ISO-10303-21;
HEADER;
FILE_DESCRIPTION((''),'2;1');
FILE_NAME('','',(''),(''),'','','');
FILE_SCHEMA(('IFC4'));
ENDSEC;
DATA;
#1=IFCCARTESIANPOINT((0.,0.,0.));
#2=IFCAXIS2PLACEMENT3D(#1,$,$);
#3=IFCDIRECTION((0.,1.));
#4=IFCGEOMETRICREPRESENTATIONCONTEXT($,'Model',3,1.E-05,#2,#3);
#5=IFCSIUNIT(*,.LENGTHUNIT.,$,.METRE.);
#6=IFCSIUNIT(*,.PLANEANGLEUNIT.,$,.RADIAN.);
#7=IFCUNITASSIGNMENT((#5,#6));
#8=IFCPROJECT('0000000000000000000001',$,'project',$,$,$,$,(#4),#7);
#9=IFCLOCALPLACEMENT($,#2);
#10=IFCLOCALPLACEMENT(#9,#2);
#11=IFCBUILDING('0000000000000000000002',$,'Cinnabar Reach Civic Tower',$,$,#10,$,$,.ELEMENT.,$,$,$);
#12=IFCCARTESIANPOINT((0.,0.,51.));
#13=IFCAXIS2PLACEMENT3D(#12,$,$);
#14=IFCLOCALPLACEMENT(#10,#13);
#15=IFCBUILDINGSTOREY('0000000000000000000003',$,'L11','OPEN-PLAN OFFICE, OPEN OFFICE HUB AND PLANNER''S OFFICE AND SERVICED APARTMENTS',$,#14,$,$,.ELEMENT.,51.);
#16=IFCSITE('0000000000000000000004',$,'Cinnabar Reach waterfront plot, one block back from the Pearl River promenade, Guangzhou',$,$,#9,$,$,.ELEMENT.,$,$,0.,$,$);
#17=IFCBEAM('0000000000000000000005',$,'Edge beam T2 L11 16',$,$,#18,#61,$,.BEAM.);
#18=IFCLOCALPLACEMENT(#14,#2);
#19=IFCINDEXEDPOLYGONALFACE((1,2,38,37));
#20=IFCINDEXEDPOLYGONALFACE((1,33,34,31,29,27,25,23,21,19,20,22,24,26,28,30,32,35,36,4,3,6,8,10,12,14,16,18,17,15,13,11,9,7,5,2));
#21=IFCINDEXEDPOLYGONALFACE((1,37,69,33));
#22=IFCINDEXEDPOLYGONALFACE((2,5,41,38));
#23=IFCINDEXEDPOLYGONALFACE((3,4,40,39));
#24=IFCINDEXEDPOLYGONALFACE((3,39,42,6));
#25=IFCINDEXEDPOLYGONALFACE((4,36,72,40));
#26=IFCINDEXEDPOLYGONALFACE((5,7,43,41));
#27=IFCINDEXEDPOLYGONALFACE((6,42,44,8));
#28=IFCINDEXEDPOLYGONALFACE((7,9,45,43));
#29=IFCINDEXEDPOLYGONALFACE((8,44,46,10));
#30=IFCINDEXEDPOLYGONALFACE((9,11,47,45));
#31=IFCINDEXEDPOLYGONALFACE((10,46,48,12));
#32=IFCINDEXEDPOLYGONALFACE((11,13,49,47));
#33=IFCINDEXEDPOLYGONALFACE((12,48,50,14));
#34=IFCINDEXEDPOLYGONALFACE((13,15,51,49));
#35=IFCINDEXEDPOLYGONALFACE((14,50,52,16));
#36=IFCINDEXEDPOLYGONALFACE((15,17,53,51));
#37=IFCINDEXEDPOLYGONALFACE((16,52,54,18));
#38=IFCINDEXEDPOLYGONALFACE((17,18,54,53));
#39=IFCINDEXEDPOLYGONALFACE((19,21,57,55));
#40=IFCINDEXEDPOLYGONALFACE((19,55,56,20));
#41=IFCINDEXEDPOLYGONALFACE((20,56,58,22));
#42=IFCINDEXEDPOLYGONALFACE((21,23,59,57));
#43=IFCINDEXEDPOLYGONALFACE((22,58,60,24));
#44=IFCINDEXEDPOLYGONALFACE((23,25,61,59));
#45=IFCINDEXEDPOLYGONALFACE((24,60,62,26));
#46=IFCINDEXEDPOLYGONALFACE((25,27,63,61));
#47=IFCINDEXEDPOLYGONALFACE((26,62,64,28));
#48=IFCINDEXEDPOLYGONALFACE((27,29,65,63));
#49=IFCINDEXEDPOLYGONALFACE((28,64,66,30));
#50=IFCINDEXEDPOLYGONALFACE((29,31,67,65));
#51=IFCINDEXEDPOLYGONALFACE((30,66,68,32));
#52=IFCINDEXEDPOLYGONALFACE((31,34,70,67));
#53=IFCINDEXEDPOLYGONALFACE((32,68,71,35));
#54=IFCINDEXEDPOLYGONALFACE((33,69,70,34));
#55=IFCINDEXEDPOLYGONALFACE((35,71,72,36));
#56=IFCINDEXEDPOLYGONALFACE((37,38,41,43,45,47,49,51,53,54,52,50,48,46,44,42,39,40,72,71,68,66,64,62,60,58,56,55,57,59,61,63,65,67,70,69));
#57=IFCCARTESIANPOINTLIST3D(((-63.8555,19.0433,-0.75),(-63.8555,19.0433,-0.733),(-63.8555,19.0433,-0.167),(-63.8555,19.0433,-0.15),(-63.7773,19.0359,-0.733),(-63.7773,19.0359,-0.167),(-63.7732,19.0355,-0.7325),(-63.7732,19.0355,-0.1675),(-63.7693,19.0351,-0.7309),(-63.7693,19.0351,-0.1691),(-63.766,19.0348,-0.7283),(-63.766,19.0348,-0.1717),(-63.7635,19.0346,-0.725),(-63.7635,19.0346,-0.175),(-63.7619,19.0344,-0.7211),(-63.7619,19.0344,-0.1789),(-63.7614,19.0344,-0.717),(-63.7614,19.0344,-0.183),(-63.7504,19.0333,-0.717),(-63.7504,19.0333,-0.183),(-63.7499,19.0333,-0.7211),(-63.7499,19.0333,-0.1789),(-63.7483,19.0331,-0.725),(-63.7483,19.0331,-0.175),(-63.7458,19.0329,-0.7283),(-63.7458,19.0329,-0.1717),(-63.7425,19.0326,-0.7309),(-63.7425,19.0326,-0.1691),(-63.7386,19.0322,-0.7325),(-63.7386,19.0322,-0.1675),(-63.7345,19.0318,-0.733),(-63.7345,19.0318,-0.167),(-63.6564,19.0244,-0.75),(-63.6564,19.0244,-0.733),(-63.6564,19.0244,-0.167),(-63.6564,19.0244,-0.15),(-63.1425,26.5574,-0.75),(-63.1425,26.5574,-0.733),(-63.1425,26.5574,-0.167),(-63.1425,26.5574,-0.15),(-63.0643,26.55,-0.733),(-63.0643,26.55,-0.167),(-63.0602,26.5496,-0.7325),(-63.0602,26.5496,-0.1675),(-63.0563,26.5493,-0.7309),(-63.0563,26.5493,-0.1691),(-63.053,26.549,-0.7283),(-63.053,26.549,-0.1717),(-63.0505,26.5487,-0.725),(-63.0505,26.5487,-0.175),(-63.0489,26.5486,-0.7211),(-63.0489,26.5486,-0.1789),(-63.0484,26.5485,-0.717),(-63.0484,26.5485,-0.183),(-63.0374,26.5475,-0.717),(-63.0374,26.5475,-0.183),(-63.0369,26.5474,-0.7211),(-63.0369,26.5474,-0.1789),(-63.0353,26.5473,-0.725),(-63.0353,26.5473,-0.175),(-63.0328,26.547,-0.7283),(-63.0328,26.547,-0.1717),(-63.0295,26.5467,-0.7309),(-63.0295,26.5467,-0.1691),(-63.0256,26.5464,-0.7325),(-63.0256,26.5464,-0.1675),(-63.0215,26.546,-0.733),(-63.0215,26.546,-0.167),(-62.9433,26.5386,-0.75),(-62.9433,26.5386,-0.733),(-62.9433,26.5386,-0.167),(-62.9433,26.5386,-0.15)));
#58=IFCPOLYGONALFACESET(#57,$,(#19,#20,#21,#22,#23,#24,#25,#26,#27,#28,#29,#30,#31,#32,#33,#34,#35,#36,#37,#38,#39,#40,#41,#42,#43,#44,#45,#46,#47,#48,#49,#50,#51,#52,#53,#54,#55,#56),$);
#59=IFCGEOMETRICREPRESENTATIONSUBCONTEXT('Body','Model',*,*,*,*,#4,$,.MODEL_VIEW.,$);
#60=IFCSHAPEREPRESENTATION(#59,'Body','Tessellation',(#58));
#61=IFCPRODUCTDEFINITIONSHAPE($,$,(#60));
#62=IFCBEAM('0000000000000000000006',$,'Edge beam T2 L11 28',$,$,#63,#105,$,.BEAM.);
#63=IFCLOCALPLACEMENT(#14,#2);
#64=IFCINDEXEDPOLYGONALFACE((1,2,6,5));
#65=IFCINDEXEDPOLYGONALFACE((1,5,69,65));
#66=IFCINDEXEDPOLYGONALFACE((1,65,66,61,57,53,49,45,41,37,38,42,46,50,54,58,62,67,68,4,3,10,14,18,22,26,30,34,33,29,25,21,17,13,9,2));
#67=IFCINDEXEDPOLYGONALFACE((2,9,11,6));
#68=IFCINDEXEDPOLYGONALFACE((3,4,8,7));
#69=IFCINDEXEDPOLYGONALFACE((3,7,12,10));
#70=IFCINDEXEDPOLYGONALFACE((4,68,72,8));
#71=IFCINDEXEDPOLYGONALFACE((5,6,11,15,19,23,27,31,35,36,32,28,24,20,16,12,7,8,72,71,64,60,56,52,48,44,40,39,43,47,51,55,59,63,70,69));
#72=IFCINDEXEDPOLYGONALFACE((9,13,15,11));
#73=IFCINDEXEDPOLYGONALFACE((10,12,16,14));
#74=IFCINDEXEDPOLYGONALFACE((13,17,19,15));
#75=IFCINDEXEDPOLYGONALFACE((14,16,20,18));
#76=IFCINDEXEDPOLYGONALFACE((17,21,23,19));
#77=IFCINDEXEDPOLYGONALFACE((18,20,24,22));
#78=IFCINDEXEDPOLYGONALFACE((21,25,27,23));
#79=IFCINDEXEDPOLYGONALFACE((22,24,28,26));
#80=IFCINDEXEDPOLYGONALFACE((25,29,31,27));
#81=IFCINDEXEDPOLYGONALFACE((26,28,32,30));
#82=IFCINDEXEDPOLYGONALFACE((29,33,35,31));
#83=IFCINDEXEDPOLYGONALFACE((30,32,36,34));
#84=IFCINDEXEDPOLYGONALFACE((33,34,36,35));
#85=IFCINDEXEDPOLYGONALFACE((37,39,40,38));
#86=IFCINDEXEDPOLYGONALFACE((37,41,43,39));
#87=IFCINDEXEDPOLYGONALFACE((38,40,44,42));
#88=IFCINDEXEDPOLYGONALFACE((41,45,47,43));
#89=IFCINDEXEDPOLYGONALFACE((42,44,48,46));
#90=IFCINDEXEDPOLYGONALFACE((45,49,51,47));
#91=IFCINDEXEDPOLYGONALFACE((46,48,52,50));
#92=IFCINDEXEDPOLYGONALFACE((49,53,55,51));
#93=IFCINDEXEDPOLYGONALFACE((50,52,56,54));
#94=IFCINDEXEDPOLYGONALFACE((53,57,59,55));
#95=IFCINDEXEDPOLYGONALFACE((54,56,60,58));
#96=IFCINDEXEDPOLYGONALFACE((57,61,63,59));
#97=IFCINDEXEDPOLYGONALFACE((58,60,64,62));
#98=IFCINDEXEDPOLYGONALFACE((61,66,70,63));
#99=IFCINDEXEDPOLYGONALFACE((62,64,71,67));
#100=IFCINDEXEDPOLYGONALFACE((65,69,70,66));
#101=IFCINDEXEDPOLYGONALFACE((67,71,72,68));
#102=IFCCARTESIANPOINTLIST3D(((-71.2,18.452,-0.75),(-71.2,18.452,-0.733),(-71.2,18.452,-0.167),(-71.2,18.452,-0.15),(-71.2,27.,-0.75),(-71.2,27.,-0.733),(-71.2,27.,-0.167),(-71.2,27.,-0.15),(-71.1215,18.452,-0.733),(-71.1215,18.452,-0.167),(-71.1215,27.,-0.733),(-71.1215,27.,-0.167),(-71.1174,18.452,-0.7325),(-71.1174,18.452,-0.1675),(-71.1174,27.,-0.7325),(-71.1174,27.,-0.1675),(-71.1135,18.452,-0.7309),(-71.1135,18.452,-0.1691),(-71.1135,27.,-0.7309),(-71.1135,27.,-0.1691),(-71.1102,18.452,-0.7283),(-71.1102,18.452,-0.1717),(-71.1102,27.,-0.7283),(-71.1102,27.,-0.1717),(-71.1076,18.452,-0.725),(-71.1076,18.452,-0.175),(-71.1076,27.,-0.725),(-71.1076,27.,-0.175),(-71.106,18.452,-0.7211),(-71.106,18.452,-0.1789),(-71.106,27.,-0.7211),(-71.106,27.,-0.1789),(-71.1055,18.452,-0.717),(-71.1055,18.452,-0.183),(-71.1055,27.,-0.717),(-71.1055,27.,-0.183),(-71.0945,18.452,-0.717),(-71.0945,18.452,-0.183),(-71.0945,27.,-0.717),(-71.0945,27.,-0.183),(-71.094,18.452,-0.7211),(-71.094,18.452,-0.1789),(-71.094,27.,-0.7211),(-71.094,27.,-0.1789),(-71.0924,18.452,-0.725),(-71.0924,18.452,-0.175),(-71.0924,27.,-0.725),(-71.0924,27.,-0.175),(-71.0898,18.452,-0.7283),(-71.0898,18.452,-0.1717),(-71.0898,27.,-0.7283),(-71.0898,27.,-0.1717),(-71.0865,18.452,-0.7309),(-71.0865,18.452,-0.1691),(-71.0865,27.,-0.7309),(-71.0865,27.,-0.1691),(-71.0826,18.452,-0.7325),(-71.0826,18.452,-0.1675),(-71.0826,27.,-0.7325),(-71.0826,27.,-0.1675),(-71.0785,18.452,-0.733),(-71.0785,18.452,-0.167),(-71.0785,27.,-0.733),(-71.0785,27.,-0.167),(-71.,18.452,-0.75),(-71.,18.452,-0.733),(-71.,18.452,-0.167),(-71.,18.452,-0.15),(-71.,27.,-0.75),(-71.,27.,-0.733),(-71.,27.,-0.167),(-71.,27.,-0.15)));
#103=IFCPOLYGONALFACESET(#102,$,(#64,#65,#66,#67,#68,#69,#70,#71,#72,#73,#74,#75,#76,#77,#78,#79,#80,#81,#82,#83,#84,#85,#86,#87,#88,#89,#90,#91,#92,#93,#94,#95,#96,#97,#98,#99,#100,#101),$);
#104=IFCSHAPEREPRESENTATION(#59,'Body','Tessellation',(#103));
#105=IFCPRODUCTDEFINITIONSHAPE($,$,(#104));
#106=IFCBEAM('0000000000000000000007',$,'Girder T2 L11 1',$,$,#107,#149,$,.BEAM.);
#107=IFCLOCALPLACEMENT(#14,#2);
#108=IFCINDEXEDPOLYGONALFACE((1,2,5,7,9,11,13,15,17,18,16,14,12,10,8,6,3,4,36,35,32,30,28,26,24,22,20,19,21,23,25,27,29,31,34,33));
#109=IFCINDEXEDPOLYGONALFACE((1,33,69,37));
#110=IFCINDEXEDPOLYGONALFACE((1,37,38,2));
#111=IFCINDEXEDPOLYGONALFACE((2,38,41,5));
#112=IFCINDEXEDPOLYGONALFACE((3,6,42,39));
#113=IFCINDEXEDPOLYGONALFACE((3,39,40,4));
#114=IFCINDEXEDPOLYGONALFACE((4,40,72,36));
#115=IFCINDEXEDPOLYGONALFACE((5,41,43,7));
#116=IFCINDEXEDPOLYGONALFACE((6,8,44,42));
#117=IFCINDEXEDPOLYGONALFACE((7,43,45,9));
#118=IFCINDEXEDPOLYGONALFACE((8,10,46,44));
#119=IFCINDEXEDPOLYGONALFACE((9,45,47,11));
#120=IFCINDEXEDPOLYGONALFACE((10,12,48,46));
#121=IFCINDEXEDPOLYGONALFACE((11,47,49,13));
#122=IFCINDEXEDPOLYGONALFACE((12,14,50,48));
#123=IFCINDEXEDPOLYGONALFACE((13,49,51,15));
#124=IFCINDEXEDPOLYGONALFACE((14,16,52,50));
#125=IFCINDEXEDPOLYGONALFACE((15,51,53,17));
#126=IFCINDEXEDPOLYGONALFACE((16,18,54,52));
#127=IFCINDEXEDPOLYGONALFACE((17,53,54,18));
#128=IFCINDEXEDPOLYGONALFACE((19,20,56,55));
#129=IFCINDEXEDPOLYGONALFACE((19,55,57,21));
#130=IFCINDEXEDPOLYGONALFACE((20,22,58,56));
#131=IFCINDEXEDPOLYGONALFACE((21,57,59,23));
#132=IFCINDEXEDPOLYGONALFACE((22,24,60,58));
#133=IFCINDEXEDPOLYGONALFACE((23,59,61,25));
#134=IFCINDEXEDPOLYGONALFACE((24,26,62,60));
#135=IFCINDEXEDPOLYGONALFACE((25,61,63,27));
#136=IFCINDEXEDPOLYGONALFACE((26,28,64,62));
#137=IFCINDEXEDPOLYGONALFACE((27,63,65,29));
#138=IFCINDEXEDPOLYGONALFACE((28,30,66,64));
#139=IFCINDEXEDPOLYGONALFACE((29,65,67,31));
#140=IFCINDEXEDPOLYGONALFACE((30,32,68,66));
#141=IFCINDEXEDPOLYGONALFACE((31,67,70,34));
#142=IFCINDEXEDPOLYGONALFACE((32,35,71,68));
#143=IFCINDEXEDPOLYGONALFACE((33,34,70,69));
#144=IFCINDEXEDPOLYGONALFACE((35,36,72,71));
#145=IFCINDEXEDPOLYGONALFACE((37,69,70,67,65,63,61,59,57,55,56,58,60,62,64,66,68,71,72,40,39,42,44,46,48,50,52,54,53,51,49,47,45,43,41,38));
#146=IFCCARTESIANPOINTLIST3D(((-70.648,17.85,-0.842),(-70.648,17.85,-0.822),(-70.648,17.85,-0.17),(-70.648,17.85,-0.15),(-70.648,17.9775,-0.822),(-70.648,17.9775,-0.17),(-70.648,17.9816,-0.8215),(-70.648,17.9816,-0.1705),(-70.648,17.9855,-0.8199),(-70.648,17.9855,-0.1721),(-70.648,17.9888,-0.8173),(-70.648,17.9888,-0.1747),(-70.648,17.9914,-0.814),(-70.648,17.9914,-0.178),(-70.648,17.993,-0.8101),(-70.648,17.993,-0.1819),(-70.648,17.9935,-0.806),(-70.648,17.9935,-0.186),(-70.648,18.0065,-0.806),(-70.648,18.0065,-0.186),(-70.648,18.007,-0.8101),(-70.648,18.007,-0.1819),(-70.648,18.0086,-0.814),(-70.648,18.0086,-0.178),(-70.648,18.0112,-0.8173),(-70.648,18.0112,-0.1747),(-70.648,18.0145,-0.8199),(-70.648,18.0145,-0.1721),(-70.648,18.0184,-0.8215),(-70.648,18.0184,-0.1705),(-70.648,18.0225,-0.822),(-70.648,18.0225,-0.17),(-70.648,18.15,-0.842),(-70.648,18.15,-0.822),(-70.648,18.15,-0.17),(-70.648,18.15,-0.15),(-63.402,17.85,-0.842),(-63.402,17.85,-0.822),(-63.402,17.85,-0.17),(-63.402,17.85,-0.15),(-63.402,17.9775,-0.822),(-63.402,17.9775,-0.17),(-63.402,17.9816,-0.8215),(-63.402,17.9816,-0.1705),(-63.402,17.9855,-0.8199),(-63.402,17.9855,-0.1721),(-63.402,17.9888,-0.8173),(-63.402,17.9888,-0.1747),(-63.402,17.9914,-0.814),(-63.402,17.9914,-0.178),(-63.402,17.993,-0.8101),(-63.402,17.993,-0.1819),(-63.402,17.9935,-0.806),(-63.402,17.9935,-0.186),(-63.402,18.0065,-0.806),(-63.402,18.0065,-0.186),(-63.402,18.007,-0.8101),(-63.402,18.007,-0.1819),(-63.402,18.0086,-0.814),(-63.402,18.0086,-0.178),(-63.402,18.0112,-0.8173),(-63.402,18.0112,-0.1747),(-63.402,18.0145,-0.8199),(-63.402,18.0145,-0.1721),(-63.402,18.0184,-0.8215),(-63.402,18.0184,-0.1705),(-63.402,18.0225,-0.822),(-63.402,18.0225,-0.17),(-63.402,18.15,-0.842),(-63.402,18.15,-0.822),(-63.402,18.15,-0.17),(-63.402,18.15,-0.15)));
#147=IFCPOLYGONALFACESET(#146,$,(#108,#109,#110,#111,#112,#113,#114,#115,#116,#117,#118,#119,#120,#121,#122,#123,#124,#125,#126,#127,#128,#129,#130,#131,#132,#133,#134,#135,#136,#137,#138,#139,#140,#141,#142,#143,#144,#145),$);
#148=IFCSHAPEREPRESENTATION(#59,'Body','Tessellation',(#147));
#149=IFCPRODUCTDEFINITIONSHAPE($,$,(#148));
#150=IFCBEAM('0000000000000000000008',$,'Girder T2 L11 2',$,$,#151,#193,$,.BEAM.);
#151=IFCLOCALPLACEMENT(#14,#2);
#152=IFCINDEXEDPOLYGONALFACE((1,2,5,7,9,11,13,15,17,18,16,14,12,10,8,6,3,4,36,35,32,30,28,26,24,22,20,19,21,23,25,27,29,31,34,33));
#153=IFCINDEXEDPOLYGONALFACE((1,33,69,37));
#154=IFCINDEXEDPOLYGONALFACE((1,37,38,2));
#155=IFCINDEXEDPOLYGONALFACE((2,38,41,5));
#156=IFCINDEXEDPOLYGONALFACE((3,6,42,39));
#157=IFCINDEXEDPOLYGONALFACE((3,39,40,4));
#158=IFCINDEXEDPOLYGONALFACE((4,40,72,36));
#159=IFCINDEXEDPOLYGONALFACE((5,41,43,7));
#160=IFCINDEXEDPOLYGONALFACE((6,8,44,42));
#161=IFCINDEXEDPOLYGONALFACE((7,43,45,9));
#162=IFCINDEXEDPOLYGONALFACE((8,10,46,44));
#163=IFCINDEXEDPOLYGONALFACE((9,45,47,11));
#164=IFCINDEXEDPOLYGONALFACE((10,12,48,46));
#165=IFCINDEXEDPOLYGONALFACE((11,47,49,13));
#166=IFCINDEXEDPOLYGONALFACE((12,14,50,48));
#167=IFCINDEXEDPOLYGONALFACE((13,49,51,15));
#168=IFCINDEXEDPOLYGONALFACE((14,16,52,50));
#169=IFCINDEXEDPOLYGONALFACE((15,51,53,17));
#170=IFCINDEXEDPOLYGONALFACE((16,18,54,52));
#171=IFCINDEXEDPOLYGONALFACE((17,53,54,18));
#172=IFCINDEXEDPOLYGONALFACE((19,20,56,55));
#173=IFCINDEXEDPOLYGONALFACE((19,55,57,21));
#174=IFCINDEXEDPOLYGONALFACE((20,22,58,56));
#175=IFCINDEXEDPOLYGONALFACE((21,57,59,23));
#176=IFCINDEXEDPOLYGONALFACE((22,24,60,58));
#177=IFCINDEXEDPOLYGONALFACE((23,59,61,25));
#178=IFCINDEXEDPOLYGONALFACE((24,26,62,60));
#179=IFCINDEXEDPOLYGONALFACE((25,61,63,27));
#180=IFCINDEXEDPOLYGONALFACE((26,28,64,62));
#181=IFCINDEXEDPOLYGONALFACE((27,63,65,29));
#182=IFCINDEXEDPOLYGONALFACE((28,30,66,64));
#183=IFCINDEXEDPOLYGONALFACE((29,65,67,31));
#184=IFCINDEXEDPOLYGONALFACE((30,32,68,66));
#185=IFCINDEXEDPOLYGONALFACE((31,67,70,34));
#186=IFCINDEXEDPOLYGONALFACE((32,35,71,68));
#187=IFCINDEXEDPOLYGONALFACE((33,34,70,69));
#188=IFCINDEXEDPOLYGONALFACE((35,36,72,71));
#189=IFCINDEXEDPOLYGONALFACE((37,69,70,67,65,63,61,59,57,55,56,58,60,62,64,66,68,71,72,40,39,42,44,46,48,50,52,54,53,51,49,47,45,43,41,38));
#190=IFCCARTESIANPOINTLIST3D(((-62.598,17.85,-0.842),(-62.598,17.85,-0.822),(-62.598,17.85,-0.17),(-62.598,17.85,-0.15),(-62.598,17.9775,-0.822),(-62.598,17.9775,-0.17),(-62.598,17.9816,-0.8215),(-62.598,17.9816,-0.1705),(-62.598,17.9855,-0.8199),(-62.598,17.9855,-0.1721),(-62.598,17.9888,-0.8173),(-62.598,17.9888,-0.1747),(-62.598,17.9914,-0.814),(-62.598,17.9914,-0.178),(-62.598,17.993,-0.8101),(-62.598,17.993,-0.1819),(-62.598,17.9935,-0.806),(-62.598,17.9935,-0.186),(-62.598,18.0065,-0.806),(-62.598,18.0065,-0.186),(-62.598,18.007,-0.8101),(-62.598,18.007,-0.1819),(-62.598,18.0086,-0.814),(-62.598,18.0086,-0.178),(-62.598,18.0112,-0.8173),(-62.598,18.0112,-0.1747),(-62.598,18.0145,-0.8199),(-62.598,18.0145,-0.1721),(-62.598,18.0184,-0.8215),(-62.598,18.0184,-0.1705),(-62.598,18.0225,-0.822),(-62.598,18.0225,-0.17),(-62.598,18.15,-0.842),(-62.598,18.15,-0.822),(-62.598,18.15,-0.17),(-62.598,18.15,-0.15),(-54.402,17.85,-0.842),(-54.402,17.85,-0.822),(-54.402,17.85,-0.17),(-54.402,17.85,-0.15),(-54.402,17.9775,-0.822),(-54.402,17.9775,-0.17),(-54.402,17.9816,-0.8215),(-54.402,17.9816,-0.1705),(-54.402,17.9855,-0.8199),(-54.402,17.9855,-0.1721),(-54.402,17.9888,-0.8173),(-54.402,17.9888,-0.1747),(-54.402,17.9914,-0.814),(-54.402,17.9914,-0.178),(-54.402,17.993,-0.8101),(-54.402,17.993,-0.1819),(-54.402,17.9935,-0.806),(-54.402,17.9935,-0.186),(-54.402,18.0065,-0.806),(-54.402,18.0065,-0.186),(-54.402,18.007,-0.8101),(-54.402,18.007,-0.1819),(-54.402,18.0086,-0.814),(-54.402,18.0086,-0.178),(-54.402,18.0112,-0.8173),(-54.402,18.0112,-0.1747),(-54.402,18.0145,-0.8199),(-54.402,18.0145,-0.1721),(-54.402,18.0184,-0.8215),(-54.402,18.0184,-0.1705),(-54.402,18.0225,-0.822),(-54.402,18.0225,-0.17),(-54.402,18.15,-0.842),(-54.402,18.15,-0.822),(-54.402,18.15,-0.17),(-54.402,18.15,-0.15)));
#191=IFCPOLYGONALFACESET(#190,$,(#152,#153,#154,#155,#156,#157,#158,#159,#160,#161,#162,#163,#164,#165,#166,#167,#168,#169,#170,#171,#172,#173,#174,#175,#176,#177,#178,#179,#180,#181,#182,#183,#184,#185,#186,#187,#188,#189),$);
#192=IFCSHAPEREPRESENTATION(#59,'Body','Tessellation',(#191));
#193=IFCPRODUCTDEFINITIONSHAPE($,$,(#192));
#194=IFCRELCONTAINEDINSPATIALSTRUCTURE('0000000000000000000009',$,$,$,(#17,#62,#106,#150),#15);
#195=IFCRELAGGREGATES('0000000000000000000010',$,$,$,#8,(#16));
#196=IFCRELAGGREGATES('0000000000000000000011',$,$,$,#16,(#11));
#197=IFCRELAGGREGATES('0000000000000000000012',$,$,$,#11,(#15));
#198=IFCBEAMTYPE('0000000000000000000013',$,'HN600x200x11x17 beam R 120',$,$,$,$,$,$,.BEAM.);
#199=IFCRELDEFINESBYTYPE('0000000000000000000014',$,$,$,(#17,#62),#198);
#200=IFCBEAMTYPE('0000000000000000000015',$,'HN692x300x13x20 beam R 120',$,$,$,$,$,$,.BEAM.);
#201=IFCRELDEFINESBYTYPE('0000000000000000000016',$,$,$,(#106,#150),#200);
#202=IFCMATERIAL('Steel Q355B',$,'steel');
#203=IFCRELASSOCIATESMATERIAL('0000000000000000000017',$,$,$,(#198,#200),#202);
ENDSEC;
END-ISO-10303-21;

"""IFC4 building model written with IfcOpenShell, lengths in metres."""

from ifc_helpers import new_model, si_unit, direction, frame, origin, origin_2d, place, context, subcontext, project, spatial, i_section, extrude, material, material_profile, profile_set, type_object, element, save


model = new_model("IFC4")

# Units and contexts
model_context = context("Model", 3, precision=1e-05, world=origin(), true_north=direction((0.0, 1.0)))
body_context = subcontext(model_context, "Body", "Model", "MODEL_VIEW")
ifc_project = project(units=[si_unit("LENGTHUNIT", "METRE"), si_unit("PLANEANGLEUNIT", "RADIAN")], contexts=[model_context])

# Site, building, storey
site_placement = place(None, origin())
site = spatial("IfcSite", under=ifc_project, at=site_placement, Name="Cinnabar Reach waterfront plot, one block back from the Pearl River promenade, Guangzhou", CompositionType="ELEMENT", RefElevation=0.0)
building_placement = place(site_placement, origin())
building = spatial("IfcBuilding", under=site, at=building_placement, Name="Cinnabar Reach Civic Tower", CompositionType="ELEMENT")
storey_placement = place(building_placement, frame((0.0, 0.0, 51.0)))
storey = spatial("IfcBuildingStorey", under=building, at=storey_placement, Name="L11", Description="OPEN-PLAN OFFICE, OPEN OFFICE HUB AND PLANNER'S OFFICE AND SERVICED APARTMENTS", CompositionType="ELEMENT", Elevation=51.0)

# Beams
ifc_material_1 = material(Name="Steel Q355B", Category="steel")
ifc_material_profile_1 = material_profile(ifc_material_1, i_section(OverallWidth=0.2, OverallDepth=0.6, WebThickness=0.011, FlangeThickness=0.017, FilletRadius=0.016, at=origin_2d()), Name="HN600x200x11x17")
ifc_profile_set_1 = profile_set([ifc_material_profile_1], Name="Steel Q355B")
beam_type_1 = type_object("IfcBeamType", Name="HN600x200x11x17 beam R 120", PredefinedType="BEAM", material=ifc_profile_set_1)
beam_1_placement = place(storey_placement, frame((-63.0429, 26.548, -0.45), z_axis=(-0.094464, -0.995528, 0.0), x_axis=(0.995528, -0.094464, 0.0)))
element("IfcBeam", 1, at=beam_1_placement, inside=storey, type_object=beam_type_1, Name="Edge beam T2 L11 16", PredefinedType="BEAM", context=body_context, shape_type="SweptSolid", body=[
    extrude(i_section(OverallWidth=0.2, OverallDepth=0.6, WebThickness=0.011, FlangeThickness=0.017, FilletRadius=0.016, at=origin_2d()), origin(), (0.0, 0.0, 1.0), 7.5479),
])
beam_2_placement = place(storey_placement, frame((-71.1, 27.0, -0.45), z_axis=(0.0, -1.0, 0.0), x_axis=(1.0, 0.0, 0.0)))
element("IfcBeam", 2, at=beam_2_placement, inside=storey, type_object=beam_type_1, Name="Edge beam T2 L11 28", PredefinedType="BEAM", context=body_context, shape_type="SweptSolid", body=[
    extrude(i_section(OverallWidth=0.2, OverallDepth=0.6, WebThickness=0.011, FlangeThickness=0.017, FilletRadius=0.016, at=origin_2d()), origin(), (0.0, 0.0, 1.0), 8.548),
])
ifc_material_profile_2 = material_profile(ifc_material_1, i_section(OverallWidth=0.3, OverallDepth=0.692, WebThickness=0.013, FlangeThickness=0.02, FilletRadius=0.016, at=origin_2d()), Name="HN692x300x13x20")
ifc_profile_set_2 = profile_set([ifc_material_profile_2], Name="Steel Q355B")
beam_type_2 = type_object("IfcBeamType", Name="HN692x300x13x20 beam R 120", PredefinedType="BEAM", material=ifc_profile_set_2)
beam_3_placement = place(storey_placement, frame((-70.648, 18.0, -0.496), z_axis=(1.0, 0.0, 0.0), x_axis=(0.0, 1.0, 0.0)))
element("IfcBeam", 3, at=beam_3_placement, inside=storey, type_object=beam_type_2, Name="Girder T2 L11 1", PredefinedType="BEAM", context=body_context, shape_type="SweptSolid", body=[
    extrude(i_section(OverallWidth=0.3, OverallDepth=0.692, WebThickness=0.013, FlangeThickness=0.02, FilletRadius=0.016, at=origin_2d()), origin(), (0.0, 0.0, 1.0), 7.246),
])
beam_4_placement = place(storey_placement, frame((-62.598, 18.0, -0.496), z_axis=(1.0, 0.0, 0.0), x_axis=(0.0, 1.0, 0.0)))
element("IfcBeam", 4, at=beam_4_placement, inside=storey, type_object=beam_type_2, Name="Girder T2 L11 2", PredefinedType="BEAM", context=body_context, shape_type="SweptSolid", body=[
    extrude(i_section(OverallWidth=0.3, OverallDepth=0.692, WebThickness=0.013, FlangeThickness=0.02, FilletRadius=0.016, at=origin_2d()), origin(), (0.0, 0.0, 1.0), 8.196),
])

save(model, "model.ifc")
